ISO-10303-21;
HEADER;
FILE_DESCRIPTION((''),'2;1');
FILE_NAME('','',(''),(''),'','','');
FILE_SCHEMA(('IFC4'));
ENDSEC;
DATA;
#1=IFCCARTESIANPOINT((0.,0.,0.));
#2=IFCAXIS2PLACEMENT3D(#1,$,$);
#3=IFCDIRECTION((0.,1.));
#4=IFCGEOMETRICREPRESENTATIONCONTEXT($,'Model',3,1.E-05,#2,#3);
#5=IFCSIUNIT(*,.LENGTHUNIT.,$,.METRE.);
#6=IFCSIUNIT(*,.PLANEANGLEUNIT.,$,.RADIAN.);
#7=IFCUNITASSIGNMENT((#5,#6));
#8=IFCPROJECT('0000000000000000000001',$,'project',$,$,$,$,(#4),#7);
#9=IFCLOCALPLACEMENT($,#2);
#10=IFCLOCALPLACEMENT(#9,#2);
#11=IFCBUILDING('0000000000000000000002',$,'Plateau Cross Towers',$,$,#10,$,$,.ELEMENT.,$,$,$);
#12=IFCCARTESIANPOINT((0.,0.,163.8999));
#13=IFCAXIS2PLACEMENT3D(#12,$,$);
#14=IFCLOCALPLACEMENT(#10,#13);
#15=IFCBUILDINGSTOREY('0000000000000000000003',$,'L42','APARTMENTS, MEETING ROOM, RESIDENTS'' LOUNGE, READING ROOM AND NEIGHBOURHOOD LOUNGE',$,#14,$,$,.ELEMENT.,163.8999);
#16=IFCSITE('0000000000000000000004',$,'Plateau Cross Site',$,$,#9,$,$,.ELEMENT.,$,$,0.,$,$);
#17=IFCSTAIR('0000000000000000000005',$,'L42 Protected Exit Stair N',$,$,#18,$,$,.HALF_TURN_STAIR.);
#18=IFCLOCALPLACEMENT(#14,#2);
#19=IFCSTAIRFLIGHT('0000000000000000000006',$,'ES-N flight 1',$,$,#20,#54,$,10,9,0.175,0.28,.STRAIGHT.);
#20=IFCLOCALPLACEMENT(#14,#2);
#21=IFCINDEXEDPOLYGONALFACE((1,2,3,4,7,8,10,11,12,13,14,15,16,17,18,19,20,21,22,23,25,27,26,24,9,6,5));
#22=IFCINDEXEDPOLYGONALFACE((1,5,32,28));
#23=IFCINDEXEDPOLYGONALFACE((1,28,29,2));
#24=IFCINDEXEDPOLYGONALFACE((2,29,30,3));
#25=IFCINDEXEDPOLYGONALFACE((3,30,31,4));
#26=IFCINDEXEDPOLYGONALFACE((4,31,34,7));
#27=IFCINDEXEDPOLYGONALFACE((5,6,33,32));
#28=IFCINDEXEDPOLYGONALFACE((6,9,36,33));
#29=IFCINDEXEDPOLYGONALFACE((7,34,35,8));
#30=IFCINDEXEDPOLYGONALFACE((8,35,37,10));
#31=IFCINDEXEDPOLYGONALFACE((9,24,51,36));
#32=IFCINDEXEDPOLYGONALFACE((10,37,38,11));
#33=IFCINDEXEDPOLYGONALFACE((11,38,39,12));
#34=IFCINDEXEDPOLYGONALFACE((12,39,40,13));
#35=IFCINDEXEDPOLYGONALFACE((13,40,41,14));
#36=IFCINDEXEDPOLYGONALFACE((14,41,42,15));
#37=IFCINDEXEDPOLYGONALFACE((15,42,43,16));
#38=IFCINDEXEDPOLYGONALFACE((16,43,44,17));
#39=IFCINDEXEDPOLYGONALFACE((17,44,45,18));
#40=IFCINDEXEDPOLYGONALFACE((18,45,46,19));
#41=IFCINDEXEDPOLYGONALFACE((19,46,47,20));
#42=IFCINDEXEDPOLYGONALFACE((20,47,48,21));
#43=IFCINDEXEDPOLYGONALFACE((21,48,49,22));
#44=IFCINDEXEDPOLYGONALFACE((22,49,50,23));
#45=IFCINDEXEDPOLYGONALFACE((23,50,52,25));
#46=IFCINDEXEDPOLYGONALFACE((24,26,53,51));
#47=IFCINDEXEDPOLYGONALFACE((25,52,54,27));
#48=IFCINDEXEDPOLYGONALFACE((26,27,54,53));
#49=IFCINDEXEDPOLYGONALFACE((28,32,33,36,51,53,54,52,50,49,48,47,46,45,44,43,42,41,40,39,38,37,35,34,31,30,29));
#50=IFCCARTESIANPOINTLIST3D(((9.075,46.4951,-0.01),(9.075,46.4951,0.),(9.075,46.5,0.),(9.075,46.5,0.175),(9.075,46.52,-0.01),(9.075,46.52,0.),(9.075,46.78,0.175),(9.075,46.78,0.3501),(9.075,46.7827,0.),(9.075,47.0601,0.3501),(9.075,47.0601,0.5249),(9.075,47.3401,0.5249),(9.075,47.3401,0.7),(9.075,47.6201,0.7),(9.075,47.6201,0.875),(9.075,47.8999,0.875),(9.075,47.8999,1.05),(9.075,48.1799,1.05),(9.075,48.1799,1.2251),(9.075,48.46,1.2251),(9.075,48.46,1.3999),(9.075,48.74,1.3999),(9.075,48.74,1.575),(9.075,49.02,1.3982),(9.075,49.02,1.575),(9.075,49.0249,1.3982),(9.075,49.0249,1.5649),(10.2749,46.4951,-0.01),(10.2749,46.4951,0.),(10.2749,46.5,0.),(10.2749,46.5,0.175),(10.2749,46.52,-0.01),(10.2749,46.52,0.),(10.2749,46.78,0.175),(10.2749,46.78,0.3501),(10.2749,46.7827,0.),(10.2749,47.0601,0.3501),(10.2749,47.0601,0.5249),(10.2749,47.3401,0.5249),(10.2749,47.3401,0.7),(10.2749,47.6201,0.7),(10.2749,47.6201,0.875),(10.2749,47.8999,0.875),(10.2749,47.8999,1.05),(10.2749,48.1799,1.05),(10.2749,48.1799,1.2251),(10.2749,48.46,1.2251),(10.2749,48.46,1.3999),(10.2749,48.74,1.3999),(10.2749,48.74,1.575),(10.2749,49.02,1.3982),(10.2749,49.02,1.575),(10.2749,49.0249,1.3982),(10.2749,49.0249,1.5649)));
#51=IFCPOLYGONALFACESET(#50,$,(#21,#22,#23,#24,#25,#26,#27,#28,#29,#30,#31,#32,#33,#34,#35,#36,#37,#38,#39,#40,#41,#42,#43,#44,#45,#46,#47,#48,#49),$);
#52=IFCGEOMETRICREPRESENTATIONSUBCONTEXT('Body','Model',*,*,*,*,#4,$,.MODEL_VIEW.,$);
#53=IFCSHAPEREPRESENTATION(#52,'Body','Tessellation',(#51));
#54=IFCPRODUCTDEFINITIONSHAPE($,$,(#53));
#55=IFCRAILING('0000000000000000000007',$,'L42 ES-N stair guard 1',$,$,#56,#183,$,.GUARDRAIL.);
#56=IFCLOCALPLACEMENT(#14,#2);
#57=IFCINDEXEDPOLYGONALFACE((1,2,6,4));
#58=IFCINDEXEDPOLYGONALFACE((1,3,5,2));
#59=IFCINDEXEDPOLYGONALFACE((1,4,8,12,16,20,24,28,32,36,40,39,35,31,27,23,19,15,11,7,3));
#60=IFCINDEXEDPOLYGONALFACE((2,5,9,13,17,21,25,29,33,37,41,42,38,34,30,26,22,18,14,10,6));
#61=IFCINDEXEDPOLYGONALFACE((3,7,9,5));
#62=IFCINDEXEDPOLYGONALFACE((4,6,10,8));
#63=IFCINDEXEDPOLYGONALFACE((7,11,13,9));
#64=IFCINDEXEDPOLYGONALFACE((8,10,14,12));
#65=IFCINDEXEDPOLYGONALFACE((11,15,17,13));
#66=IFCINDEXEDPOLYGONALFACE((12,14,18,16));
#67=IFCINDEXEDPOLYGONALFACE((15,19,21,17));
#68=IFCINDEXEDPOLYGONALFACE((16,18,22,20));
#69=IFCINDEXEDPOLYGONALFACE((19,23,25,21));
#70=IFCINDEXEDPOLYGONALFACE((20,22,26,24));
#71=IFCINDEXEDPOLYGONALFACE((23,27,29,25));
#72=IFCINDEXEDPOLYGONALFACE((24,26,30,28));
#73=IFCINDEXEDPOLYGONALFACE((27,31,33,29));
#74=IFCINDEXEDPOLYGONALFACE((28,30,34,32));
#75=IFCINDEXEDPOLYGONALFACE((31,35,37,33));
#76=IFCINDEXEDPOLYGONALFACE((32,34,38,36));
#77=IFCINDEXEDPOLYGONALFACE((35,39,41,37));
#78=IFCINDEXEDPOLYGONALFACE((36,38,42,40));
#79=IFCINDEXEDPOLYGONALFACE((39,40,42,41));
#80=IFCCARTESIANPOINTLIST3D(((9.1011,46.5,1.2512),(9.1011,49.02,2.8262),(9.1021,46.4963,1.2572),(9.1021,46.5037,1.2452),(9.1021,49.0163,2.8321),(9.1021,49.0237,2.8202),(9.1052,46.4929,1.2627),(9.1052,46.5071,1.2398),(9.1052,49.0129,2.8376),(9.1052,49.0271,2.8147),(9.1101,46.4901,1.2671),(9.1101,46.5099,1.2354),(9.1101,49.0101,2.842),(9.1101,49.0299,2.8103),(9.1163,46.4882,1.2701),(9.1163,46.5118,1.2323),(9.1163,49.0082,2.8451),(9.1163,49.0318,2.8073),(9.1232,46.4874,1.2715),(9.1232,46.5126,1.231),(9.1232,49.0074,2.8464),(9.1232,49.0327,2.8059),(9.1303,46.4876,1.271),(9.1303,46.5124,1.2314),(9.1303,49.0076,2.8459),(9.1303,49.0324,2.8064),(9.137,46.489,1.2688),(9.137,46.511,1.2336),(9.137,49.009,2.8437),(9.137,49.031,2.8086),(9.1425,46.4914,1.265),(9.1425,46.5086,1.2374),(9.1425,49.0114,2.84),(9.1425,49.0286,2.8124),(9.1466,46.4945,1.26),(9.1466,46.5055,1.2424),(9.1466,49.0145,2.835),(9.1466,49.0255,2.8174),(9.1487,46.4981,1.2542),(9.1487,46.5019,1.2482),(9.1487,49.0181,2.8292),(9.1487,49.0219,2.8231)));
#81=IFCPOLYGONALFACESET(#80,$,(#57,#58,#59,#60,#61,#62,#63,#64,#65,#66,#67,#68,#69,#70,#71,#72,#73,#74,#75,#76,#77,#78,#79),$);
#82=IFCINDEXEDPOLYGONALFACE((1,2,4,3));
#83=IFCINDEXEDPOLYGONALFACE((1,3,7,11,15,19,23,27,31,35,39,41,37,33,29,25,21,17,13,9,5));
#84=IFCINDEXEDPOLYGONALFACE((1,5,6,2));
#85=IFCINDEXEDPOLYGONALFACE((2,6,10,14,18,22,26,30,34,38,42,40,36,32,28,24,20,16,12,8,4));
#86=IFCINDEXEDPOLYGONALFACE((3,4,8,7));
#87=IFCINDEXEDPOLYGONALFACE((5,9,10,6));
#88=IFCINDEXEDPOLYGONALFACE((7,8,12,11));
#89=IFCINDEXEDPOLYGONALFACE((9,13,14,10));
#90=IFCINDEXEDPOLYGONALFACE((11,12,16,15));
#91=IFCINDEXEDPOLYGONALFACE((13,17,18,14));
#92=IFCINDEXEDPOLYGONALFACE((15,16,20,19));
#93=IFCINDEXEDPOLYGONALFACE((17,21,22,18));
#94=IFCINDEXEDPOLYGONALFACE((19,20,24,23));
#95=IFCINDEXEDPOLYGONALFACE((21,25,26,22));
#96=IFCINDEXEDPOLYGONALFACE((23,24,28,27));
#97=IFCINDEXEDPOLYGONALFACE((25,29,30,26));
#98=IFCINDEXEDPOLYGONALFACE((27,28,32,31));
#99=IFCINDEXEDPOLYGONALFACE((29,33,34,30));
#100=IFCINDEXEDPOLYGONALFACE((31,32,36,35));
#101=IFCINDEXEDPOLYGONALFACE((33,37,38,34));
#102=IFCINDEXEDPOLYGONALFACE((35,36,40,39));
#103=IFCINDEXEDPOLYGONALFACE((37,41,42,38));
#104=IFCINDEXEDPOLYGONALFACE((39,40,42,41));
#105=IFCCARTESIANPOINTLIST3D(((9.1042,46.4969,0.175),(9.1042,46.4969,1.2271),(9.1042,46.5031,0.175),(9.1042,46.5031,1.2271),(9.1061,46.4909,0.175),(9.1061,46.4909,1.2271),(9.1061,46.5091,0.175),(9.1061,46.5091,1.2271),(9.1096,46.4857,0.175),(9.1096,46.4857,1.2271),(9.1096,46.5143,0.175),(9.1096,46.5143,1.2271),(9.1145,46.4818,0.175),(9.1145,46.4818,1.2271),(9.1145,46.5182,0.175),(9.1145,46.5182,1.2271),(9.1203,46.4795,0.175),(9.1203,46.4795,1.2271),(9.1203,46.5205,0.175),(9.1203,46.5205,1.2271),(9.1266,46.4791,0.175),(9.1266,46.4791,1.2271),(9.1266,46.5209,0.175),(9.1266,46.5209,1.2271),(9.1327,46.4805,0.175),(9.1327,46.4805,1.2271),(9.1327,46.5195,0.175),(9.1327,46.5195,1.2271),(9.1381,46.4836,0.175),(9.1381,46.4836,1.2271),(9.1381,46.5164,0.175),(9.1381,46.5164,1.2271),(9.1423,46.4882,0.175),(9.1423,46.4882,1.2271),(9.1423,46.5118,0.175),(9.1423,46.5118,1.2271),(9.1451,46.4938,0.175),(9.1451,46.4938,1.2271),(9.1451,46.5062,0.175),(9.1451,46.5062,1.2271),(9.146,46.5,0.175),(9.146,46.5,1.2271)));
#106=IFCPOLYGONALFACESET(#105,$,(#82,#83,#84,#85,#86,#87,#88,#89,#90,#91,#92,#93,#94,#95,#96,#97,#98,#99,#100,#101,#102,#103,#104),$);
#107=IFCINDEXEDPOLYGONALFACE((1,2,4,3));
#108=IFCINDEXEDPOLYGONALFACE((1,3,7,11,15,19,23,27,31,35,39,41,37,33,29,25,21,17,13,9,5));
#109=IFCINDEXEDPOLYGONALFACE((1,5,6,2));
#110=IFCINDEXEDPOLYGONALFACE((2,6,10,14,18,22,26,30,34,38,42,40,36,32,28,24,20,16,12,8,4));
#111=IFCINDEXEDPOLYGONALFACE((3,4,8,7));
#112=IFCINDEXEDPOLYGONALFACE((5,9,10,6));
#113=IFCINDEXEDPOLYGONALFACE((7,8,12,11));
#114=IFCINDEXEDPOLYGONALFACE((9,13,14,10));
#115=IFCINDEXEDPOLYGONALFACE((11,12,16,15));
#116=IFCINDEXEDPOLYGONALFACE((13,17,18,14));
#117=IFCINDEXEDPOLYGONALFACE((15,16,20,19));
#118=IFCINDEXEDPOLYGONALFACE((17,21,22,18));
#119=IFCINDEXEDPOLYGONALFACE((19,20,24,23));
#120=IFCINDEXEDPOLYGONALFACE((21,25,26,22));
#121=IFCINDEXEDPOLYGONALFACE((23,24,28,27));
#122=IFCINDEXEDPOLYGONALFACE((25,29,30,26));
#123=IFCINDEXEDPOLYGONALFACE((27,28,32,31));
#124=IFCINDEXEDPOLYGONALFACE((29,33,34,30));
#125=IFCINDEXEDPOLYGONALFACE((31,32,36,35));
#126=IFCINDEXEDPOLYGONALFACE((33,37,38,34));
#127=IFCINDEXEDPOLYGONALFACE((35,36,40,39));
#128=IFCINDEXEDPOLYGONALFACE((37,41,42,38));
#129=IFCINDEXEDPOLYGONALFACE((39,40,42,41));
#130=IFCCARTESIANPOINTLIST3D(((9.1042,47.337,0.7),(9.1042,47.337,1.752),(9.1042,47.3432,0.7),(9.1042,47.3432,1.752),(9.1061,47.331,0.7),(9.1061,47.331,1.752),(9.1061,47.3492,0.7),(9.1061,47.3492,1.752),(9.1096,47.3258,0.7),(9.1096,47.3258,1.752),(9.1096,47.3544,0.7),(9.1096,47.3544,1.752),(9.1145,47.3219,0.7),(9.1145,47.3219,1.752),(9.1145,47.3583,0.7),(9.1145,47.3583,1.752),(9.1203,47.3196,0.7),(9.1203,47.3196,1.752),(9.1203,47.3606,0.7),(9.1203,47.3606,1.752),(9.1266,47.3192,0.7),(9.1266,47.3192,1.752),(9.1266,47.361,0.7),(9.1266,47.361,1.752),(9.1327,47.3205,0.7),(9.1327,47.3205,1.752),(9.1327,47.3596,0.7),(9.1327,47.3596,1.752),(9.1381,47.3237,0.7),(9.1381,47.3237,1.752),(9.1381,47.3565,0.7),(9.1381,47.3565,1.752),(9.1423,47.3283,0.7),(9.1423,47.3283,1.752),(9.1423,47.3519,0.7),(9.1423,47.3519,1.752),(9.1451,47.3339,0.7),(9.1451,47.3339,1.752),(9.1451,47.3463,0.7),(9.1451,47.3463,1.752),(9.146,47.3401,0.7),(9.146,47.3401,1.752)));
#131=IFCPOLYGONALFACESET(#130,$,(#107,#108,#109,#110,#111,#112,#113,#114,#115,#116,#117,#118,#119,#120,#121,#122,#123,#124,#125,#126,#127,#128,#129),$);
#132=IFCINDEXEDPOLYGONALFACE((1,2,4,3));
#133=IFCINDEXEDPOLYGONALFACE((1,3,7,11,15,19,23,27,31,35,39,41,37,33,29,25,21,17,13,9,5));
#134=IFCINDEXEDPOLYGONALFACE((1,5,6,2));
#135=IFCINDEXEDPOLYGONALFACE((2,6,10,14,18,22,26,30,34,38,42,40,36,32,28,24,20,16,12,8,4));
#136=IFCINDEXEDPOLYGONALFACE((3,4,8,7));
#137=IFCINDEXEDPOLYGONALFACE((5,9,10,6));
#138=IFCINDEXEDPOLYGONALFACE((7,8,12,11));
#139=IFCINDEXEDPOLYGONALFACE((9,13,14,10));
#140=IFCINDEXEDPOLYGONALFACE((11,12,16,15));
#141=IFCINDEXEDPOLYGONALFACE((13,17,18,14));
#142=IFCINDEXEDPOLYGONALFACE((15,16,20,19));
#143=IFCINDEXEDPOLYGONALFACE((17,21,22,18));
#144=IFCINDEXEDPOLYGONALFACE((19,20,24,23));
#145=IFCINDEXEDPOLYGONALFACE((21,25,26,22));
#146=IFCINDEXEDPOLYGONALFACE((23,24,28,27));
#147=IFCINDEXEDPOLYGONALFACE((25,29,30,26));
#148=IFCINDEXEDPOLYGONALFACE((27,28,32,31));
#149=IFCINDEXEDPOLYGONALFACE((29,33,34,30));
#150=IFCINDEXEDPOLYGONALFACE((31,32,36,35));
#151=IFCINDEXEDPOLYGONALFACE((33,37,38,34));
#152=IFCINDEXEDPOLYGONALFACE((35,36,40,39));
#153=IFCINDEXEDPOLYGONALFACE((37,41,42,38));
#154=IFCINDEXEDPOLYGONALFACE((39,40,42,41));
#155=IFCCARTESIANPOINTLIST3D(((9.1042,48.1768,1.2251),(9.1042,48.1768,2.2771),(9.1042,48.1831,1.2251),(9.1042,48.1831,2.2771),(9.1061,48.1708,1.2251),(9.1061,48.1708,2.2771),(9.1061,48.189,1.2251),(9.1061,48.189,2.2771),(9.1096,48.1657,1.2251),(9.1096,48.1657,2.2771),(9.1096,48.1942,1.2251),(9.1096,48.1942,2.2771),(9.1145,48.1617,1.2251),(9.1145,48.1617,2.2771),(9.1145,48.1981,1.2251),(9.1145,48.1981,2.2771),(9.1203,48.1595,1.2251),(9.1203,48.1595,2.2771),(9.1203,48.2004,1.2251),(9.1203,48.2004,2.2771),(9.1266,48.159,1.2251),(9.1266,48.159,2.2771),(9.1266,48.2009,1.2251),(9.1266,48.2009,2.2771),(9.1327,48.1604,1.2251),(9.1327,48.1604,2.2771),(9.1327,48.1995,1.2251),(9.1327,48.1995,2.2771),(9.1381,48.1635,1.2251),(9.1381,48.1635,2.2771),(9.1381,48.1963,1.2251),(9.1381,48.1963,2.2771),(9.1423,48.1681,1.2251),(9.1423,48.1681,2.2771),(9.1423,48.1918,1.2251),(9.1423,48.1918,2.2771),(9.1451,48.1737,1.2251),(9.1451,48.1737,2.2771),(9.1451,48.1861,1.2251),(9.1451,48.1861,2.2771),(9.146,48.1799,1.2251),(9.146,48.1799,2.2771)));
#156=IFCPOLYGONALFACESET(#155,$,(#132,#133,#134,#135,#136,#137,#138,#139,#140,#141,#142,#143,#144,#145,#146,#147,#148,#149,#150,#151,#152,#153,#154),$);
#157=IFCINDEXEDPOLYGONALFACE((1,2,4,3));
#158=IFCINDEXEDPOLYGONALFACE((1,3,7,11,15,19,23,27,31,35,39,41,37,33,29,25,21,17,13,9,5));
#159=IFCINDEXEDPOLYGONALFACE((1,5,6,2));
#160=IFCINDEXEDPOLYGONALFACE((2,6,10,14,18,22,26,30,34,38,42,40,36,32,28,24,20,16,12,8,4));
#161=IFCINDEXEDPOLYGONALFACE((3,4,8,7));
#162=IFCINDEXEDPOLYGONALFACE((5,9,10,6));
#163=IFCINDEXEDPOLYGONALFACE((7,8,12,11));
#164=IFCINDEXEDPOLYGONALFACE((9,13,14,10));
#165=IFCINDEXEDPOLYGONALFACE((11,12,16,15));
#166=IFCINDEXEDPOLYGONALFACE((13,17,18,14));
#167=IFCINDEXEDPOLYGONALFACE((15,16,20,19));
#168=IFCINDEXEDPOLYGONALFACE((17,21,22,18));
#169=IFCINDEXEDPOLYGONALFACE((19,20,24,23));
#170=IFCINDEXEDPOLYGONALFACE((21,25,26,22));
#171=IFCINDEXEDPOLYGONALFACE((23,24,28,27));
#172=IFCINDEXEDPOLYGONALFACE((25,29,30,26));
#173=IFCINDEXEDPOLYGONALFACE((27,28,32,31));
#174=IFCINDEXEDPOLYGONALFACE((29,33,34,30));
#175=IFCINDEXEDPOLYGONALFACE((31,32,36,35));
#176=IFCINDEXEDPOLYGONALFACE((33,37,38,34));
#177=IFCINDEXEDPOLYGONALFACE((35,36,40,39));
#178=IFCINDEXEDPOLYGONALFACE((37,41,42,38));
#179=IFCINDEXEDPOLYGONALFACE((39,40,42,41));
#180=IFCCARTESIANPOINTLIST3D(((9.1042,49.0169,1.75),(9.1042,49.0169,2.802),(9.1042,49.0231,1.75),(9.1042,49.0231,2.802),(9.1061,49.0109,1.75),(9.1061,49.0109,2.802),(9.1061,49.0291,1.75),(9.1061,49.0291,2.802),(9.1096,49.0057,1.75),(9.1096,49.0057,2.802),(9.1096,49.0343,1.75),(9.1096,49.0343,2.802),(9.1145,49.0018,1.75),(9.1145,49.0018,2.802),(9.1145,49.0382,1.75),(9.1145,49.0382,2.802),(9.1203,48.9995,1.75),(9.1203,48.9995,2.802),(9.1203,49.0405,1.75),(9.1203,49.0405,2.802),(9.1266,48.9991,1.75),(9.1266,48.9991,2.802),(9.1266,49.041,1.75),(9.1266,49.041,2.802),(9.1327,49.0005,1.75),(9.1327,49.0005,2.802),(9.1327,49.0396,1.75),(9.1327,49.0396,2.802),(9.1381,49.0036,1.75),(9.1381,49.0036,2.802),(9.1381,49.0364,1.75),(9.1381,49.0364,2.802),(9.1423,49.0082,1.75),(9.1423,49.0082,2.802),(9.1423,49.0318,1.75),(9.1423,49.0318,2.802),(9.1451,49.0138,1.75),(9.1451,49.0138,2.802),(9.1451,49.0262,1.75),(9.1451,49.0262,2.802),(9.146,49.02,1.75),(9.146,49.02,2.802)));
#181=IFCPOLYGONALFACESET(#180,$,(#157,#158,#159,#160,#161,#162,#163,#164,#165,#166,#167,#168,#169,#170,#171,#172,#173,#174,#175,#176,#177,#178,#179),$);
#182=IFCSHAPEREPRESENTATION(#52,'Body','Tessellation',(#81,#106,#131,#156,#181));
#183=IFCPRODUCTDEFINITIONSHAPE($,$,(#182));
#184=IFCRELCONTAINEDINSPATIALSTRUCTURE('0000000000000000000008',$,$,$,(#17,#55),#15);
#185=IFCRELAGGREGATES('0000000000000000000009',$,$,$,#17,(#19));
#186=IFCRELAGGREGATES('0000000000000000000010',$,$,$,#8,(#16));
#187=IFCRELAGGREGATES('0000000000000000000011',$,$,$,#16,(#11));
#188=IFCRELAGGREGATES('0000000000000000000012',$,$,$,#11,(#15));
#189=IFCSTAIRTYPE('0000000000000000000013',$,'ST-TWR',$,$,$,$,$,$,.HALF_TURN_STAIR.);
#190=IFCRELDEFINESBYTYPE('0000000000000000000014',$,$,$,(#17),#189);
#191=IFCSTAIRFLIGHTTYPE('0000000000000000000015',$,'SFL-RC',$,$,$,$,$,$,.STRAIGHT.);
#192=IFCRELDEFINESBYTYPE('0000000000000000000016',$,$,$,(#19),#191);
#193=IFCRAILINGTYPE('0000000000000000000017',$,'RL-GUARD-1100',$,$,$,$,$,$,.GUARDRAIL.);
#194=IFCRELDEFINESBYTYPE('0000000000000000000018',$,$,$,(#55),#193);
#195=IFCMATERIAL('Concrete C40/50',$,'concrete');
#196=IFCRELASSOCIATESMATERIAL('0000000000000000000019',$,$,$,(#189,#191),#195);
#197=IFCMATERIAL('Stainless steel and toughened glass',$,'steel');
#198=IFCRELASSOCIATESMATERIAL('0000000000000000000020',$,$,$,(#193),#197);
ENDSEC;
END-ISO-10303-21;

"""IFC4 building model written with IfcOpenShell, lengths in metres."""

from ifc_helpers import new_model, si_unit, direction, frame, origin, origin_2d, place, context, subcontext, project, spatial, polyline, circle, outline, extrude, material, type_object, element, aggregate, save


model = new_model("IFC4")

# Units and contexts
model_context = context("Model", 3, precision=1e-05, world=origin(), true_north=direction((0.0, 1.0)))
body_context = subcontext(model_context, "Body", "Model", "MODEL_VIEW")
ifc_project = project(units=[si_unit("LENGTHUNIT", "METRE"), si_unit("PLANEANGLEUNIT", "RADIAN")], contexts=[model_context])

# Site, building, storey
site_placement = place(None, origin())
site = spatial("IfcSite", under=ifc_project, at=site_placement, Name="Plateau Cross Site", CompositionType="ELEMENT", RefElevation=0.0)
building_placement = place(site_placement, origin())
building = spatial("IfcBuilding", under=site, at=building_placement, Name="Plateau Cross Towers", CompositionType="ELEMENT")
storey_placement = place(building_placement, frame((0.0, 0.0, 163.8999)))
storey = spatial("IfcBuildingStorey", under=building, at=storey_placement, Name="L42", Description="APARTMENTS, MEETING ROOM, RESIDENTS' LOUNGE, READING ROOM AND NEIGHBOURHOOD LOUNGE", CompositionType="ELEMENT", Elevation=163.8999)

# Stair, stair flight
ifc_material_1 = material(Name="Concrete C40/50", Category="concrete")
stair_type = type_object("IfcStairType", Name="ST-TWR", PredefinedType="HALF_TURN_STAIR", material=ifc_material_1)
stair_placement = place(storey_placement, origin())
stair = element("IfcStair", 1, at=stair_placement, inside=storey, type_object=stair_type, Name="L42 Protected Exit Stair N", PredefinedType="HALF_TURN_STAIR")
stair_flight_type = type_object("IfcStairFlightType", Name="SFL-RC", PredefinedType="STRAIGHT", material=ifc_material_1)
stair_flight_placement = place(storey_placement, frame((9.675, 46.5, 0.0), z_axis=(0.0, 0.0, 1.0), x_axis=(0.0, 1.0, 0.0)))
stair_flight = element("IfcStairFlight", 2, at=stair_flight_placement, type_object=stair_flight_type, Name="ES-N flight 1", NumberOfRisers=10, NumberOfTreads=9, PredefinedType="STRAIGHT", RiserHeight=0.175, TreadLength=0.28, context=body_context, shape_type="SweptSolid", body=[
    extrude(outline(polyline([(-0.0049, -0.01), (-0.0049, 0.0), (0.0, 0.0), (0.0, 0.175), (0.28, 0.175), (0.28, 0.3501), (0.5601, 0.3501), (0.5601, 0.5249), (0.8401, 0.5249), (0.8401, 0.7), (1.1201, 0.7), (1.1201, 0.875), (1.3999, 0.875), (1.3999, 1.05), (1.6799, 1.05), (1.6799, 1.2251), (1.96, 1.2251), (1.96, 1.3999), (2.24, 1.3999), (2.24, 1.575), (2.52, 1.575), (2.5249, 1.5649), (2.5249, 1.3982), (2.52, 1.3982), (0.2827, 0.0), (0.02, 0.0), (0.02, -0.01), (-0.0049, -0.01)])), frame((0.0, 0.6001, 0.0), z_axis=(0.0, -1.0, 0.0), x_axis=(1.0, 0.0, 0.0)), (0.0, 0.0, 1.0), 1.2),
])
aggregate(stair, [stair_flight])

# Railing
ifc_material_2 = material(Name="Stainless steel and toughened glass", Category="steel")
railing_type_1 = type_object("IfcRailingType", Name="RL-GUARD-1100", PredefinedType="GUARDRAIL", material=ifc_material_2)
railing_1_placement = place(storey_placement, frame((9.125, 46.5, 0.175)))
element("IfcRailing", 3, at=railing_1_placement, inside=storey, type_object=railing_type_1, Name="L42 ES-N stair guard 1", PredefinedType="GUARDRAIL", context=body_context, shape_type="SweptSolid", body=[
    extrude(circle(Radius=0.0239, at=origin_2d()), frame((0.0, 0.0, 1.0762), z_axis=(0.0, 0.848008, 0.529984), x_axis=(-1.0, 0.0, 0.0)), (0.0, 0.0, 1.0), 2.9717),
    extrude(circle(Radius=0.021, at=origin_2d()), origin(), (0.0, 0.0, 1.0), 1.052),
    extrude(circle(Radius=0.021, at=origin_2d()), frame((0.0, 0.8401, 0.5249)), (0.0, 0.0, 1.0), 1.052),
    extrude(circle(Radius=0.021, at=origin_2d()), frame((0.0, 1.6799, 1.05)), (0.0, 0.0, 1.0), 1.052),
    extrude(circle(Radius=0.021, at=origin_2d()), frame((0.0, 2.52, 1.575)), (0.0, 0.0, 1.0), 1.052),
])

save(model, "model.ifc")
